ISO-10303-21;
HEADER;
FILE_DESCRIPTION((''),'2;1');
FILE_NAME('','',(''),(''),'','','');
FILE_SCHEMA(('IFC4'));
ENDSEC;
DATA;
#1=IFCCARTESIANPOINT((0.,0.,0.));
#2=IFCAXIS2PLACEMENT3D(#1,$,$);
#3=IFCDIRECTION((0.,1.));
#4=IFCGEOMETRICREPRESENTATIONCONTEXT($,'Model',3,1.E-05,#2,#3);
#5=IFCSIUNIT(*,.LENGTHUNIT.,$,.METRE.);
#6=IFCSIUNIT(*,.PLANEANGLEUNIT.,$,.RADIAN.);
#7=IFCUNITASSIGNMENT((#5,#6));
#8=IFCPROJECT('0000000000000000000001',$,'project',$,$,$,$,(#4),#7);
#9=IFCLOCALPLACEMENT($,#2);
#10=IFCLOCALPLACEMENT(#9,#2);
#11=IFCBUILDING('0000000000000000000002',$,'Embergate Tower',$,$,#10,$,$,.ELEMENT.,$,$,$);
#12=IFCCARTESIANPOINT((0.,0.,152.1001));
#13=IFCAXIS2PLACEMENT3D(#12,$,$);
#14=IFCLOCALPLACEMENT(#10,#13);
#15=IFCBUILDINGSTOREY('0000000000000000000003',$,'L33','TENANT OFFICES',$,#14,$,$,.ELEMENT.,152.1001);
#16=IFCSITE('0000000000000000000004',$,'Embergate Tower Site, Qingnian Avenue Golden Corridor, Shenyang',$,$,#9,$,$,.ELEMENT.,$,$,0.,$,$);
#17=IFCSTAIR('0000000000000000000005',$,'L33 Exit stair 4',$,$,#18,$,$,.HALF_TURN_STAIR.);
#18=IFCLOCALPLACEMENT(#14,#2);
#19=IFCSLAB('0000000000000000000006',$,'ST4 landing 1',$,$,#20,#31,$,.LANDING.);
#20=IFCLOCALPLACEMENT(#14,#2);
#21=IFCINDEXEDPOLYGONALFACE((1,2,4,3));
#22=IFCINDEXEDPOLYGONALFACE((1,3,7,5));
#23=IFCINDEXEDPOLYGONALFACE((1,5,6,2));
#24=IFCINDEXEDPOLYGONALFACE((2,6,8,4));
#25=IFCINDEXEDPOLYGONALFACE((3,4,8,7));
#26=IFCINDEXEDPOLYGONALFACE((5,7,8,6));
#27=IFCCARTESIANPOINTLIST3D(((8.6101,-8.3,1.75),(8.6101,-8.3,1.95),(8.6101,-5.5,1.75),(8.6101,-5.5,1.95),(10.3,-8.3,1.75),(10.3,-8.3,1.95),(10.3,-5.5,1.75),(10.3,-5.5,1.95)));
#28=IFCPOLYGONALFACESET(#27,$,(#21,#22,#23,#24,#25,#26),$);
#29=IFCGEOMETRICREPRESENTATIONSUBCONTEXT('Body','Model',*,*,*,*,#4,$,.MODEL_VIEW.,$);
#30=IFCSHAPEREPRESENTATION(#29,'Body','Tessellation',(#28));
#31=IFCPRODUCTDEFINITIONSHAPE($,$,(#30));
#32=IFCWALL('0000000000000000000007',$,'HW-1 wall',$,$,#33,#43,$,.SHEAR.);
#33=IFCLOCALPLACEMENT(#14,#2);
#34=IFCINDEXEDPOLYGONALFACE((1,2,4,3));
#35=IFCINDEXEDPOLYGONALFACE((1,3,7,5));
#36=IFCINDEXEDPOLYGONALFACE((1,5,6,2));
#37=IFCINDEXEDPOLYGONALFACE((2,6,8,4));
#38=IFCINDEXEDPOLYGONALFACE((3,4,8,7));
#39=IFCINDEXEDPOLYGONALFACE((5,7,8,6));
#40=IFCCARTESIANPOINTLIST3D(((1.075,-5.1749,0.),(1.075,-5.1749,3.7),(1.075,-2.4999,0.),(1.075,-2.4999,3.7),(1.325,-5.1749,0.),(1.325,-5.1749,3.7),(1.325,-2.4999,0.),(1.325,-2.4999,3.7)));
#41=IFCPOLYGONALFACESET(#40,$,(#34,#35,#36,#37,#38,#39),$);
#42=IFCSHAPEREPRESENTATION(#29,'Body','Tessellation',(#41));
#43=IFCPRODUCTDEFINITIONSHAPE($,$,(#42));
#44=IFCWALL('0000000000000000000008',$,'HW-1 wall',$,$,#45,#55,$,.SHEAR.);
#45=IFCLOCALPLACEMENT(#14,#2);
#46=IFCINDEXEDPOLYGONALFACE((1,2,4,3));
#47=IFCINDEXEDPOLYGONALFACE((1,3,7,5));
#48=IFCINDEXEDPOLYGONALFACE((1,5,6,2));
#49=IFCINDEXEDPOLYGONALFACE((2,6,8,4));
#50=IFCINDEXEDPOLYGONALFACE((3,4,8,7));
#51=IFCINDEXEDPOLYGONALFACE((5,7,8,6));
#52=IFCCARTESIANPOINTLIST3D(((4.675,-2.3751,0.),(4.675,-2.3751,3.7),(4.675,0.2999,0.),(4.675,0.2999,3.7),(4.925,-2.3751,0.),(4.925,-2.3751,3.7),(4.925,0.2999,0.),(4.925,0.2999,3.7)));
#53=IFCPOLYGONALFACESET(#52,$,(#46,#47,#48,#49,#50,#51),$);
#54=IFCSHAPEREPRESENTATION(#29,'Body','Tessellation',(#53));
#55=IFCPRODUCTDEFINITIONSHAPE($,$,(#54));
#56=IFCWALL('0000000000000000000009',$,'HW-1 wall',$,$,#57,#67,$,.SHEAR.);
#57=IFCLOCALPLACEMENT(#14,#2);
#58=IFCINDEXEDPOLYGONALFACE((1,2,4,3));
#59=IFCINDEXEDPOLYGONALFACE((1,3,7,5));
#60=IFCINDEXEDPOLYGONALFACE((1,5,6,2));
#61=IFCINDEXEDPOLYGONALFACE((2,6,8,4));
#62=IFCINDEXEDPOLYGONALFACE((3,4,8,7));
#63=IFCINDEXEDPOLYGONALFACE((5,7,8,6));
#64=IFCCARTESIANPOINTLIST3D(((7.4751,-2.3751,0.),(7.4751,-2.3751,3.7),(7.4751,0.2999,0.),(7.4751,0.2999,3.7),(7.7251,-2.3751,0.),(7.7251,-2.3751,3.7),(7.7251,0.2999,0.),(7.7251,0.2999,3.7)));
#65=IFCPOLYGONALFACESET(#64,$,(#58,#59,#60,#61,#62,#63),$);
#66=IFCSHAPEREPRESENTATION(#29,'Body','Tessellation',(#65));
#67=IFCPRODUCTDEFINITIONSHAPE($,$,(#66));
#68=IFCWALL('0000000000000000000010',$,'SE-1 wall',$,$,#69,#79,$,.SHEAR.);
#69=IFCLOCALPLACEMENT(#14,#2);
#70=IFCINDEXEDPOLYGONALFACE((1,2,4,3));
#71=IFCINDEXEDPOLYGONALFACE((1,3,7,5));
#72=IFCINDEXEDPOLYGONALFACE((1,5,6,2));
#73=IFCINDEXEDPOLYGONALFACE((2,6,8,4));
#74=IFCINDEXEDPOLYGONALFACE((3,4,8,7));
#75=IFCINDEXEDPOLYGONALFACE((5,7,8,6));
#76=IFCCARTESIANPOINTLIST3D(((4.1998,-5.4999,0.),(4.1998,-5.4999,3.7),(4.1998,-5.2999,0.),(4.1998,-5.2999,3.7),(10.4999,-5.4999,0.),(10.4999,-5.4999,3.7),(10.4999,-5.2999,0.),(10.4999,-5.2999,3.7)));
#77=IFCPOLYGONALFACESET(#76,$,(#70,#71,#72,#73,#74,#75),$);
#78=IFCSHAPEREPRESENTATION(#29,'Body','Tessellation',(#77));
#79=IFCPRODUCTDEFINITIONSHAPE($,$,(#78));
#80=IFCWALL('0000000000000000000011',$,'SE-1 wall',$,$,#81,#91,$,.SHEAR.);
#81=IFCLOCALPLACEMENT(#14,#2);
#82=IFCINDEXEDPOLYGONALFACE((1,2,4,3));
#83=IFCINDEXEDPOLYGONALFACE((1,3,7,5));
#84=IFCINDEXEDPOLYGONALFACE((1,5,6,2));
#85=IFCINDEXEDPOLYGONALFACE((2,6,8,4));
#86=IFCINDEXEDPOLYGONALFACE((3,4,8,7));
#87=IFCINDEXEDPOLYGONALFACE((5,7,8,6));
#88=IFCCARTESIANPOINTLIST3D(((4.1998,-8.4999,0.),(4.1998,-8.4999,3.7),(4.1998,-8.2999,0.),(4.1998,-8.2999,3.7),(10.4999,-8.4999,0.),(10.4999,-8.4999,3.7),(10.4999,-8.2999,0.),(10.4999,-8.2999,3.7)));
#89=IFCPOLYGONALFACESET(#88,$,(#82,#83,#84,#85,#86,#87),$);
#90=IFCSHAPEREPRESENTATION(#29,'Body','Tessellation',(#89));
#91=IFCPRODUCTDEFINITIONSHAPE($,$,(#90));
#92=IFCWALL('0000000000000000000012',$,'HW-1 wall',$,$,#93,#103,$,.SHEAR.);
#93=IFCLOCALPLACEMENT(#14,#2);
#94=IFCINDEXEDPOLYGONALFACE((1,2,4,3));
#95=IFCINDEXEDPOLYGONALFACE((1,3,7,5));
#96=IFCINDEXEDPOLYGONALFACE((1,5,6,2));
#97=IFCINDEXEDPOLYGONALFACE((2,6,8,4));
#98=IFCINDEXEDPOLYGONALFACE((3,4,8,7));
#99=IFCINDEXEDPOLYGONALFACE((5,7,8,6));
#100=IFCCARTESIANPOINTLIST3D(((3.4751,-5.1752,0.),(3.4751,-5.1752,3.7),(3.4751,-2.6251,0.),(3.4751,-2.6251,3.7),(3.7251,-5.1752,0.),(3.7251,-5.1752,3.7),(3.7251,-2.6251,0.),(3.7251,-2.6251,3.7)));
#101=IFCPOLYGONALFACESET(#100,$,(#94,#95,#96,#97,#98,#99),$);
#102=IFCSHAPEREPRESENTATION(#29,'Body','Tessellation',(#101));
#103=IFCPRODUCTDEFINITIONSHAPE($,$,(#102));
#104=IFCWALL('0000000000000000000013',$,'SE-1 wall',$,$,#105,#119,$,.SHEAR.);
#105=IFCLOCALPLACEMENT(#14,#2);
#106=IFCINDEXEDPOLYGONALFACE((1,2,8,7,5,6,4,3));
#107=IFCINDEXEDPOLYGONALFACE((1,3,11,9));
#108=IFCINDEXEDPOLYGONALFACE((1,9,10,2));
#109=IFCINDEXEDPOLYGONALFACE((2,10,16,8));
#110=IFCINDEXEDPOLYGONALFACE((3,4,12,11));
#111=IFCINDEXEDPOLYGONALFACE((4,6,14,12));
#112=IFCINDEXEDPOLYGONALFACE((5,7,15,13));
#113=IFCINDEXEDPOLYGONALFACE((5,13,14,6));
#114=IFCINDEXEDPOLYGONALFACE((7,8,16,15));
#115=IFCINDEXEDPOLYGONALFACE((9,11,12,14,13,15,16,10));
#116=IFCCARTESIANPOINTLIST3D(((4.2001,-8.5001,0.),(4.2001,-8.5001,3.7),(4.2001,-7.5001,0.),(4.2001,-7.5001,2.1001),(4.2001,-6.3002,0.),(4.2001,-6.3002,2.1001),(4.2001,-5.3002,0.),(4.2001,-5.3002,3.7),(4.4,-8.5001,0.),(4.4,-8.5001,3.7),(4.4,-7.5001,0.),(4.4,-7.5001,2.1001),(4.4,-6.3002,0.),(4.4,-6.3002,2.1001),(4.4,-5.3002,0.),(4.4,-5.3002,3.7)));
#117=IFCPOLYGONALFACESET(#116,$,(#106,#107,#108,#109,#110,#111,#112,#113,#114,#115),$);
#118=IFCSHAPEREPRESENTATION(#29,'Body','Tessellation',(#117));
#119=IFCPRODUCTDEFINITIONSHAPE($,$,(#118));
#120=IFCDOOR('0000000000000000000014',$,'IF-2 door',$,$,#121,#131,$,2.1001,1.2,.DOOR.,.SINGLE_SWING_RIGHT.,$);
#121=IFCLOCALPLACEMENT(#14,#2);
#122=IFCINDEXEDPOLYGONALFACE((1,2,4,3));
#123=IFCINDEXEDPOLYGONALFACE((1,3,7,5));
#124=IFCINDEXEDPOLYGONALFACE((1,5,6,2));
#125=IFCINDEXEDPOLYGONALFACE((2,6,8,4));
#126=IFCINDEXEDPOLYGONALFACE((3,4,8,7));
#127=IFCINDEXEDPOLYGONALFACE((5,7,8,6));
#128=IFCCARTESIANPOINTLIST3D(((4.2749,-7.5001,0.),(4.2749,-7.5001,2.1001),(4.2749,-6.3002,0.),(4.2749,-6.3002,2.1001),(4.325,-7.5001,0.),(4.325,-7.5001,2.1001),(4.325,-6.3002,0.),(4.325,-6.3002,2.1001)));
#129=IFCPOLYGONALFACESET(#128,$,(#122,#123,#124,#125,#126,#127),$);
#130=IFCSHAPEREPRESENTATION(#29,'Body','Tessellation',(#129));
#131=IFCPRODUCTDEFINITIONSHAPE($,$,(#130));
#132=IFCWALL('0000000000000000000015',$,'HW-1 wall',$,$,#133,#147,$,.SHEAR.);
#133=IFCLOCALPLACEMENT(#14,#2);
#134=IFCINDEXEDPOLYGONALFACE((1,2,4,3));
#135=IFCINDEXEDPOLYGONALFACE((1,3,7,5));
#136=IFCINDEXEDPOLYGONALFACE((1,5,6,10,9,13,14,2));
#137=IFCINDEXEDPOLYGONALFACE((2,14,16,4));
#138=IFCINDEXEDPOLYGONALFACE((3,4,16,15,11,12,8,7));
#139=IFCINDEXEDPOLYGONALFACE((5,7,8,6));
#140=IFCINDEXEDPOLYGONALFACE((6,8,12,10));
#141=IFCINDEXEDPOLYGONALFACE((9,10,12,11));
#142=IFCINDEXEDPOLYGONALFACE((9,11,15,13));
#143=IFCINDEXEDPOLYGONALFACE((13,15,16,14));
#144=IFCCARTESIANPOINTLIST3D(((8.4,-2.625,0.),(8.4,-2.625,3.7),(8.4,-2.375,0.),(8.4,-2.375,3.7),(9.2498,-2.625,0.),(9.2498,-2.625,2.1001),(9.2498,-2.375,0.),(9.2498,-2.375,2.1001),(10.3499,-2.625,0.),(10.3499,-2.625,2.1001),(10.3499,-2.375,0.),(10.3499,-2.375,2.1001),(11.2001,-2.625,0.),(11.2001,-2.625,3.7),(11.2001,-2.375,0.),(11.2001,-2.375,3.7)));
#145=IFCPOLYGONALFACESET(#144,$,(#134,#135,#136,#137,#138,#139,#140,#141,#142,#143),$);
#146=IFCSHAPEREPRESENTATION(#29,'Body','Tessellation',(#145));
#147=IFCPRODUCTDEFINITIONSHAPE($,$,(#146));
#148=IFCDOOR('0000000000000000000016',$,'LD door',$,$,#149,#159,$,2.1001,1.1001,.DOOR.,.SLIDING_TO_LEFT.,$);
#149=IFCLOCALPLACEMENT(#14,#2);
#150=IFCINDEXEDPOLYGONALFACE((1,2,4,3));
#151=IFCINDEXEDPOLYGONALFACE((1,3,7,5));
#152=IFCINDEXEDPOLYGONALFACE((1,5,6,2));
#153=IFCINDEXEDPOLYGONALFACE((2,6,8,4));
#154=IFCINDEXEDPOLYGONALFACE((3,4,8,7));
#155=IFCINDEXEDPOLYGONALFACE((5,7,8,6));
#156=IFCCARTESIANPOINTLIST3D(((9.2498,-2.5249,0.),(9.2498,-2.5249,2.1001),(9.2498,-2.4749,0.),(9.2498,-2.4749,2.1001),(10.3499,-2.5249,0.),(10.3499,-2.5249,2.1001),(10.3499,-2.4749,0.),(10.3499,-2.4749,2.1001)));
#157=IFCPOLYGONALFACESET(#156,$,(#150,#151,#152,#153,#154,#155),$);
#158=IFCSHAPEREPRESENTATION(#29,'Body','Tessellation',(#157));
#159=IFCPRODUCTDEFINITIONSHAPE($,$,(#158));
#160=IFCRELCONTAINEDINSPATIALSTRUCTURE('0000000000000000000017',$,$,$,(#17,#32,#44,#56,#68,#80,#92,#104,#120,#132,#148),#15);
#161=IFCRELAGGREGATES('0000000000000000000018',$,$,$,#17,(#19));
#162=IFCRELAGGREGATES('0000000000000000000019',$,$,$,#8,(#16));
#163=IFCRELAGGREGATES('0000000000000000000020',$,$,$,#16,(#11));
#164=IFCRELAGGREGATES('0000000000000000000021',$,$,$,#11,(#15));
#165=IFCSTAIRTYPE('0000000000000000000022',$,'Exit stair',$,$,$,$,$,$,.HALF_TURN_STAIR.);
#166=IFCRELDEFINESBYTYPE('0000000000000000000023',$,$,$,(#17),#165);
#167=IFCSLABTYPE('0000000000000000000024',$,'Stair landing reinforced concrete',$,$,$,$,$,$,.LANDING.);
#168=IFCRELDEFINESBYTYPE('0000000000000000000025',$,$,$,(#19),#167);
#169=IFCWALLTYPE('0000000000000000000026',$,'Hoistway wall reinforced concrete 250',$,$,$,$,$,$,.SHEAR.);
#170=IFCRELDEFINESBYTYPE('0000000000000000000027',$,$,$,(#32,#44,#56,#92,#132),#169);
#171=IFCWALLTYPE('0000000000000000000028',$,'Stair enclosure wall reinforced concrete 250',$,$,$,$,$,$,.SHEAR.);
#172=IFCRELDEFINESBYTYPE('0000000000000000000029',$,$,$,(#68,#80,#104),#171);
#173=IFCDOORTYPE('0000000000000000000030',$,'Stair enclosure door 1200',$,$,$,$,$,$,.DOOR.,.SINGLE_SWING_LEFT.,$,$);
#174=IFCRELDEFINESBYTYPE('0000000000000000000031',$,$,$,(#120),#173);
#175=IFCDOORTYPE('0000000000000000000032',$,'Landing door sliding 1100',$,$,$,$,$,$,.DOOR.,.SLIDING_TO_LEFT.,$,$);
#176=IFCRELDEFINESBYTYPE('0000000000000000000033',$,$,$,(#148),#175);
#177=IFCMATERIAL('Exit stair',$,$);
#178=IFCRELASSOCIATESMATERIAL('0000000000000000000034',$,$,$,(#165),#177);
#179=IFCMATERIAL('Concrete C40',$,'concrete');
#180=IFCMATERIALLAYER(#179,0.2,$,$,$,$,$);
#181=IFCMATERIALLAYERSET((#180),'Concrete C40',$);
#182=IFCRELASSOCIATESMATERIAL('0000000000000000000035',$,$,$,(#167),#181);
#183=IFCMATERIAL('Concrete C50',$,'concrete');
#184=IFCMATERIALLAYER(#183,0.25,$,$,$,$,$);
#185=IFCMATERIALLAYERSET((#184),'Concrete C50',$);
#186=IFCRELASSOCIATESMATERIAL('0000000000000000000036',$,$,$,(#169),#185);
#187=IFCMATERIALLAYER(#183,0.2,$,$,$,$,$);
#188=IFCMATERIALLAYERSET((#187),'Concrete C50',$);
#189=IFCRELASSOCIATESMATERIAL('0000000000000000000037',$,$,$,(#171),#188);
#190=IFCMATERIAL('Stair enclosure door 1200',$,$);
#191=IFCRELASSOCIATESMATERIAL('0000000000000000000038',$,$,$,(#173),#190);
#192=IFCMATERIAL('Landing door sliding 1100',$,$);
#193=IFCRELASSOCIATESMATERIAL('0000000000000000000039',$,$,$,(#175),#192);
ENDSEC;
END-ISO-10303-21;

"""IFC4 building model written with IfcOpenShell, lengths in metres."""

from ifc_helpers import new_model, si_unit, direction, frame, frame_2d, origin, place, context, subcontext, project, spatial, polyline, rectangle, outline, extrude, source, transform, mapped, material, layer, layer_set, type_object, element, fill, aggregate, save


model = new_model("IFC4")

# Units and contexts
model_context = context("Model", 3, precision=1e-05, world=origin(), true_north=direction((0.0, 1.0)))
body_context = subcontext(model_context, "Body", "Model", "MODEL_VIEW")
ifc_project = project(units=[si_unit("LENGTHUNIT", "METRE"), si_unit("PLANEANGLEUNIT", "RADIAN")], contexts=[model_context])

# Site, building, storey
site_placement = place(None, origin())
site = spatial("IfcSite", under=ifc_project, at=site_placement, Name="Embergate Tower Site, Qingnian Avenue Golden Corridor, Shenyang", CompositionType="ELEMENT", RefElevation=0.0)
building_placement = place(site_placement, origin())
building = spatial("IfcBuilding", under=site, at=building_placement, Name="Embergate Tower", CompositionType="ELEMENT")
storey_placement = place(building_placement, frame((0.0, 0.0, 152.1001)))
storey = spatial("IfcBuildingStorey", under=building, at=storey_placement, Name="L33", Description="TENANT OFFICES", CompositionType="ELEMENT", Elevation=152.1001)

# Stair, slab
ifc_material_1 = material(Name="Exit stair")
stair_type = type_object("IfcStairType", Name="Exit stair", PredefinedType="HALF_TURN_STAIR", material=ifc_material_1)
stair_placement = place(storey_placement, origin())
stair = element("IfcStair", 1, at=stair_placement, inside=storey, type_object=stair_type, Name="L33 Exit stair 4", PredefinedType="HALF_TURN_STAIR")
ifc_material_2 = material(Name="Concrete C40", Category="concrete")
ifc_layer_1 = layer(ifc_material_2, 0.2)
ifc_layer_set_1 = layer_set([ifc_layer_1], Name="Concrete C40")
slab_type = type_object("IfcSlabType", Name="Stair landing reinforced concrete", PredefinedType="LANDING", material=ifc_layer_set_1)
shared_shape_1 = source(origin(), body_context, "Body", "SweptSolid", [
    extrude(outline(polyline([(0.0, 0.0), (1.6899, 0.0), (1.6899, 2.8), (0.0, 2.8), (0.0, 0.0)])), origin(), (0.0, 0.0, 1.0), 0.2),
])
slab_placement = place(storey_placement, frame((8.6101, -8.3, 1.75)))
slab = element("IfcSlab", 2, at=slab_placement, type_object=slab_type, Name="ST4 landing 1", PredefinedType="LANDING", context=body_context, shape_type="MappedRepresentation", body=[
    mapped(shared_shape_1, transform((0.0, 0.0, 0.0))),
])

# Walls
ifc_material_3 = material(Name="Concrete C50", Category="concrete")
ifc_layer_2 = layer(ifc_material_3, 0.25)
ifc_layer_set_2 = layer_set([ifc_layer_2], Name="Concrete C50")
wall_type_1 = type_object("IfcWallType", Name="Hoistway wall reinforced concrete 250", PredefinedType="SHEAR", material=ifc_layer_set_2)
shared_shape_2 = source(origin(), body_context, "Body", "SweptSolid", [
    extrude(rectangle(XDim=2.675, YDim=0.25, at=frame_2d((1.3374, 0.0))), origin(), (0.0, 0.0, 1.0), 3.7),
])
for number, where, z_axis, x_axis, name in (
    (3, (1.2, -2.5, 0.0), (0.0, 0.0, 1.0), (0.0, -1.0, 0.0), "HW-1 wall"),
    (4, (4.8, -2.375, 0.0), (0.0, 0.0, 1.0), (0.0, 1.0, 0.0), "HW-1 wall"),
    (5, (7.6001, -2.375, 0.0), (0.0, 0.0, 1.0), (0.0, 1.0, 0.0), "HW-1 wall"),
):
    element("IfcWall", number, at=place(storey_placement, frame(where, z_axis=z_axis, x_axis=x_axis)), inside=storey, type_object=wall_type_1, Name=name, PredefinedType="SHEAR", context=body_context, shape_type="MappedRepresentation", body=[
        mapped(shared_shape_2, transform((0.0, 0.0, 0.0))),
    ])
ifc_layer_3 = layer(ifc_material_3, 0.2)
ifc_layer_set_3 = layer_set([ifc_layer_3], Name="Concrete C50")
wall_type_2 = type_object("IfcWallType", Name="Stair enclosure wall reinforced concrete 250", PredefinedType="SHEAR", material=ifc_layer_set_3)
shared_shape_3 = source(origin(), body_context, "Body", "SweptSolid", [
    extrude(rectangle(XDim=6.3, YDim=0.2, at=frame_2d((3.1499, 0.0))), origin(), (0.0, 0.0, 1.0), 3.7),
])
for number, where, z_axis, x_axis, name in (
    (6, (4.2, -5.3999, 0.0), (0.0, 0.0, 1.0), (1.0, 0.0, 0.0), "SE-1 wall"),
    (7, (4.2, -8.3999, 0.0), (0.0, 0.0, 1.0), (1.0, 0.0, 0.0), "SE-1 wall"),
):
    element("IfcWall", number, at=place(storey_placement, frame(where, z_axis=z_axis, x_axis=x_axis)), inside=storey, type_object=wall_type_2, Name=name, PredefinedType="SHEAR", context=body_context, shape_type="MappedRepresentation", body=[
        mapped(shared_shape_3, transform((0.0, 0.0, 0.0))),
    ])
shared_shape_4 = source(origin(), body_context, "Body", "SweptSolid", [
    extrude(rectangle(XDim=2.55, YDim=0.25, at=frame_2d((1.2749, 0.0))), origin(), (0.0, 0.0, 1.0), 3.7),
])
wall_1_placement = place(storey_placement, frame((3.6001, -5.175, 0.0), z_axis=(0.0, 0.0, 1.0), x_axis=(0.0, 1.0, 0.0)))
element("IfcWall", 8, at=wall_1_placement, inside=storey, type_object=wall_type_1, Name="HW-1 wall", PredefinedType="SHEAR", context=body_context, shape_type="MappedRepresentation", body=[
    mapped(shared_shape_4, transform((0.0, 0.0, 0.0))),
])

# Walls, openings, doors
shared_shape_5 = source(origin(), body_context, "Body", "SweptSolid", [
    extrude(rectangle(XDim=3.2, YDim=0.2, at=frame_2d((1.6001, 0.0))), origin(), (0.0, 0.0, 1.0), 3.7),
])
wall_2_placement = place(storey_placement, frame((4.3, -5.3, 0.0), z_axis=(0.0, 0.0, 1.0), x_axis=(0.0, -1.0, 0.0)))
wall_2 = element("IfcWall", 9, at=wall_2_placement, inside=storey, type_object=wall_type_2, Name="SE-1 wall", PredefinedType="SHEAR", context=body_context, shape_type="MappedRepresentation", body=[
    mapped(shared_shape_5, transform((0.0, 0.0, 0.0))),
])
shared_shape_6 = source(origin(), body_context, "Body", "SweptSolid", [
    extrude(rectangle(XDim=1.2, YDim=2.1001, at=frame_2d((0.6001, 1.05))), frame((0.0, 0.1099, 0.0), z_axis=(0.0, -1.0, 0.0), x_axis=(1.0, 0.0, 0.0)), (0.0, 0.0, 1.0), 0.22),
])
opening_1_placement = place(wall_2_placement, frame((1.0, 0.0, 0.0)))
opening_1 = element("IfcOpeningElement", 10, at=opening_1_placement, cuts=wall_2, PredefinedType="OPENING", context=body_context, shape_type="MappedRepresentation", body=[
    mapped(shared_shape_6, transform((0.0, 0.0, 0.0))),
])
ifc_material_4 = material(Name="Stair enclosure door 1200")
door_type_1 = type_object("IfcDoorType", Name="Stair enclosure door 1200", OperationType="SINGLE_SWING_LEFT", PredefinedType="DOOR", material=ifc_material_4)
shared_shape_7 = source(origin(), body_context, "Body", "SweptSolid", [
    extrude(rectangle(XDim=1.2, YDim=2.1001, at=frame_2d((0.6001, 1.05))), frame((0.0, 0.0249, 0.0), z_axis=(0.0, -1.0, 0.0), x_axis=(1.0, 0.0, 0.0)), (0.0, 0.0, 1.0), 0.05),
])
door_1_placement = place(opening_1_placement, origin())
door_1 = element("IfcDoor", 11, at=door_1_placement, inside=storey, type_object=door_type_1, Name="IF-2 door", OperationType="SINGLE_SWING_RIGHT", OverallHeight=2.1001, OverallWidth=1.2, PredefinedType="DOOR", context=body_context, shape_type="MappedRepresentation", body=[
    mapped(shared_shape_7, transform((0.0, 0.0, 0.0))),
])
fill(opening_1, door_1)
shared_shape_8 = source(origin(), body_context, "Body", "SweptSolid", [
    extrude(rectangle(XDim=2.8, YDim=0.25, at=frame_2d((1.3999, 0.0))), origin(), (0.0, 0.0, 1.0), 3.7),
])
wall_3_placement = place(storey_placement, frame((11.2, -2.5, 0.0), z_axis=(0.0, 0.0, 1.0), x_axis=(-1.0, 0.0, 0.0)))
wall_3 = element("IfcWall", 12, at=wall_3_placement, inside=storey, type_object=wall_type_1, Name="HW-1 wall", PredefinedType="SHEAR", context=body_context, shape_type="MappedRepresentation", body=[
    mapped(shared_shape_8, transform((0.0, 0.0, 0.0))),
])
shared_shape_9 = source(origin(), body_context, "Body", "SweptSolid", [
    extrude(rectangle(XDim=1.1001, YDim=2.1001, at=frame_2d((0.55, 1.05))), frame((0.0, 0.135, 0.0), z_axis=(0.0, -1.0, 0.0), x_axis=(1.0, 0.0, 0.0)), (0.0, 0.0, 1.0), 0.27),
])
opening_2_placement = place(wall_3_placement, frame((0.8501, 0.0, 0.0)))
opening_2 = element("IfcOpeningElement", 13, at=opening_2_placement, cuts=wall_3, PredefinedType="OPENING", context=body_context, shape_type="MappedRepresentation", body=[
    mapped(shared_shape_9, transform((0.0, 0.0, 0.0))),
])
ifc_material_5 = material(Name="Landing door sliding 1100")
door_type_2 = type_object("IfcDoorType", Name="Landing door sliding 1100", OperationType="SLIDING_TO_LEFT", PredefinedType="DOOR", material=ifc_material_5)
shared_shape_10 = source(origin(), body_context, "Body", "SweptSolid", [
    extrude(rectangle(XDim=1.1001, YDim=2.1001, at=frame_2d((0.55, 1.05))), frame((0.0, 0.0249, 0.0), z_axis=(0.0, -1.0, 0.0), x_axis=(1.0, 0.0, 0.0)), (0.0, 0.0, 1.0), 0.05),
])
door_2_placement = place(opening_2_placement, origin())
door_2 = element("IfcDoor", 14, at=door_2_placement, inside=storey, type_object=door_type_2, Name="LD door", OperationType="SLIDING_TO_LEFT", OverallHeight=2.1001, OverallWidth=1.1001, PredefinedType="DOOR", context=body_context, shape_type="MappedRepresentation", body=[
    mapped(shared_shape_10, transform((0.0, 0.0, 0.0))),
])
fill(opening_2, door_2)

aggregate(stair, [slab])

save(model, "model.ifc")
